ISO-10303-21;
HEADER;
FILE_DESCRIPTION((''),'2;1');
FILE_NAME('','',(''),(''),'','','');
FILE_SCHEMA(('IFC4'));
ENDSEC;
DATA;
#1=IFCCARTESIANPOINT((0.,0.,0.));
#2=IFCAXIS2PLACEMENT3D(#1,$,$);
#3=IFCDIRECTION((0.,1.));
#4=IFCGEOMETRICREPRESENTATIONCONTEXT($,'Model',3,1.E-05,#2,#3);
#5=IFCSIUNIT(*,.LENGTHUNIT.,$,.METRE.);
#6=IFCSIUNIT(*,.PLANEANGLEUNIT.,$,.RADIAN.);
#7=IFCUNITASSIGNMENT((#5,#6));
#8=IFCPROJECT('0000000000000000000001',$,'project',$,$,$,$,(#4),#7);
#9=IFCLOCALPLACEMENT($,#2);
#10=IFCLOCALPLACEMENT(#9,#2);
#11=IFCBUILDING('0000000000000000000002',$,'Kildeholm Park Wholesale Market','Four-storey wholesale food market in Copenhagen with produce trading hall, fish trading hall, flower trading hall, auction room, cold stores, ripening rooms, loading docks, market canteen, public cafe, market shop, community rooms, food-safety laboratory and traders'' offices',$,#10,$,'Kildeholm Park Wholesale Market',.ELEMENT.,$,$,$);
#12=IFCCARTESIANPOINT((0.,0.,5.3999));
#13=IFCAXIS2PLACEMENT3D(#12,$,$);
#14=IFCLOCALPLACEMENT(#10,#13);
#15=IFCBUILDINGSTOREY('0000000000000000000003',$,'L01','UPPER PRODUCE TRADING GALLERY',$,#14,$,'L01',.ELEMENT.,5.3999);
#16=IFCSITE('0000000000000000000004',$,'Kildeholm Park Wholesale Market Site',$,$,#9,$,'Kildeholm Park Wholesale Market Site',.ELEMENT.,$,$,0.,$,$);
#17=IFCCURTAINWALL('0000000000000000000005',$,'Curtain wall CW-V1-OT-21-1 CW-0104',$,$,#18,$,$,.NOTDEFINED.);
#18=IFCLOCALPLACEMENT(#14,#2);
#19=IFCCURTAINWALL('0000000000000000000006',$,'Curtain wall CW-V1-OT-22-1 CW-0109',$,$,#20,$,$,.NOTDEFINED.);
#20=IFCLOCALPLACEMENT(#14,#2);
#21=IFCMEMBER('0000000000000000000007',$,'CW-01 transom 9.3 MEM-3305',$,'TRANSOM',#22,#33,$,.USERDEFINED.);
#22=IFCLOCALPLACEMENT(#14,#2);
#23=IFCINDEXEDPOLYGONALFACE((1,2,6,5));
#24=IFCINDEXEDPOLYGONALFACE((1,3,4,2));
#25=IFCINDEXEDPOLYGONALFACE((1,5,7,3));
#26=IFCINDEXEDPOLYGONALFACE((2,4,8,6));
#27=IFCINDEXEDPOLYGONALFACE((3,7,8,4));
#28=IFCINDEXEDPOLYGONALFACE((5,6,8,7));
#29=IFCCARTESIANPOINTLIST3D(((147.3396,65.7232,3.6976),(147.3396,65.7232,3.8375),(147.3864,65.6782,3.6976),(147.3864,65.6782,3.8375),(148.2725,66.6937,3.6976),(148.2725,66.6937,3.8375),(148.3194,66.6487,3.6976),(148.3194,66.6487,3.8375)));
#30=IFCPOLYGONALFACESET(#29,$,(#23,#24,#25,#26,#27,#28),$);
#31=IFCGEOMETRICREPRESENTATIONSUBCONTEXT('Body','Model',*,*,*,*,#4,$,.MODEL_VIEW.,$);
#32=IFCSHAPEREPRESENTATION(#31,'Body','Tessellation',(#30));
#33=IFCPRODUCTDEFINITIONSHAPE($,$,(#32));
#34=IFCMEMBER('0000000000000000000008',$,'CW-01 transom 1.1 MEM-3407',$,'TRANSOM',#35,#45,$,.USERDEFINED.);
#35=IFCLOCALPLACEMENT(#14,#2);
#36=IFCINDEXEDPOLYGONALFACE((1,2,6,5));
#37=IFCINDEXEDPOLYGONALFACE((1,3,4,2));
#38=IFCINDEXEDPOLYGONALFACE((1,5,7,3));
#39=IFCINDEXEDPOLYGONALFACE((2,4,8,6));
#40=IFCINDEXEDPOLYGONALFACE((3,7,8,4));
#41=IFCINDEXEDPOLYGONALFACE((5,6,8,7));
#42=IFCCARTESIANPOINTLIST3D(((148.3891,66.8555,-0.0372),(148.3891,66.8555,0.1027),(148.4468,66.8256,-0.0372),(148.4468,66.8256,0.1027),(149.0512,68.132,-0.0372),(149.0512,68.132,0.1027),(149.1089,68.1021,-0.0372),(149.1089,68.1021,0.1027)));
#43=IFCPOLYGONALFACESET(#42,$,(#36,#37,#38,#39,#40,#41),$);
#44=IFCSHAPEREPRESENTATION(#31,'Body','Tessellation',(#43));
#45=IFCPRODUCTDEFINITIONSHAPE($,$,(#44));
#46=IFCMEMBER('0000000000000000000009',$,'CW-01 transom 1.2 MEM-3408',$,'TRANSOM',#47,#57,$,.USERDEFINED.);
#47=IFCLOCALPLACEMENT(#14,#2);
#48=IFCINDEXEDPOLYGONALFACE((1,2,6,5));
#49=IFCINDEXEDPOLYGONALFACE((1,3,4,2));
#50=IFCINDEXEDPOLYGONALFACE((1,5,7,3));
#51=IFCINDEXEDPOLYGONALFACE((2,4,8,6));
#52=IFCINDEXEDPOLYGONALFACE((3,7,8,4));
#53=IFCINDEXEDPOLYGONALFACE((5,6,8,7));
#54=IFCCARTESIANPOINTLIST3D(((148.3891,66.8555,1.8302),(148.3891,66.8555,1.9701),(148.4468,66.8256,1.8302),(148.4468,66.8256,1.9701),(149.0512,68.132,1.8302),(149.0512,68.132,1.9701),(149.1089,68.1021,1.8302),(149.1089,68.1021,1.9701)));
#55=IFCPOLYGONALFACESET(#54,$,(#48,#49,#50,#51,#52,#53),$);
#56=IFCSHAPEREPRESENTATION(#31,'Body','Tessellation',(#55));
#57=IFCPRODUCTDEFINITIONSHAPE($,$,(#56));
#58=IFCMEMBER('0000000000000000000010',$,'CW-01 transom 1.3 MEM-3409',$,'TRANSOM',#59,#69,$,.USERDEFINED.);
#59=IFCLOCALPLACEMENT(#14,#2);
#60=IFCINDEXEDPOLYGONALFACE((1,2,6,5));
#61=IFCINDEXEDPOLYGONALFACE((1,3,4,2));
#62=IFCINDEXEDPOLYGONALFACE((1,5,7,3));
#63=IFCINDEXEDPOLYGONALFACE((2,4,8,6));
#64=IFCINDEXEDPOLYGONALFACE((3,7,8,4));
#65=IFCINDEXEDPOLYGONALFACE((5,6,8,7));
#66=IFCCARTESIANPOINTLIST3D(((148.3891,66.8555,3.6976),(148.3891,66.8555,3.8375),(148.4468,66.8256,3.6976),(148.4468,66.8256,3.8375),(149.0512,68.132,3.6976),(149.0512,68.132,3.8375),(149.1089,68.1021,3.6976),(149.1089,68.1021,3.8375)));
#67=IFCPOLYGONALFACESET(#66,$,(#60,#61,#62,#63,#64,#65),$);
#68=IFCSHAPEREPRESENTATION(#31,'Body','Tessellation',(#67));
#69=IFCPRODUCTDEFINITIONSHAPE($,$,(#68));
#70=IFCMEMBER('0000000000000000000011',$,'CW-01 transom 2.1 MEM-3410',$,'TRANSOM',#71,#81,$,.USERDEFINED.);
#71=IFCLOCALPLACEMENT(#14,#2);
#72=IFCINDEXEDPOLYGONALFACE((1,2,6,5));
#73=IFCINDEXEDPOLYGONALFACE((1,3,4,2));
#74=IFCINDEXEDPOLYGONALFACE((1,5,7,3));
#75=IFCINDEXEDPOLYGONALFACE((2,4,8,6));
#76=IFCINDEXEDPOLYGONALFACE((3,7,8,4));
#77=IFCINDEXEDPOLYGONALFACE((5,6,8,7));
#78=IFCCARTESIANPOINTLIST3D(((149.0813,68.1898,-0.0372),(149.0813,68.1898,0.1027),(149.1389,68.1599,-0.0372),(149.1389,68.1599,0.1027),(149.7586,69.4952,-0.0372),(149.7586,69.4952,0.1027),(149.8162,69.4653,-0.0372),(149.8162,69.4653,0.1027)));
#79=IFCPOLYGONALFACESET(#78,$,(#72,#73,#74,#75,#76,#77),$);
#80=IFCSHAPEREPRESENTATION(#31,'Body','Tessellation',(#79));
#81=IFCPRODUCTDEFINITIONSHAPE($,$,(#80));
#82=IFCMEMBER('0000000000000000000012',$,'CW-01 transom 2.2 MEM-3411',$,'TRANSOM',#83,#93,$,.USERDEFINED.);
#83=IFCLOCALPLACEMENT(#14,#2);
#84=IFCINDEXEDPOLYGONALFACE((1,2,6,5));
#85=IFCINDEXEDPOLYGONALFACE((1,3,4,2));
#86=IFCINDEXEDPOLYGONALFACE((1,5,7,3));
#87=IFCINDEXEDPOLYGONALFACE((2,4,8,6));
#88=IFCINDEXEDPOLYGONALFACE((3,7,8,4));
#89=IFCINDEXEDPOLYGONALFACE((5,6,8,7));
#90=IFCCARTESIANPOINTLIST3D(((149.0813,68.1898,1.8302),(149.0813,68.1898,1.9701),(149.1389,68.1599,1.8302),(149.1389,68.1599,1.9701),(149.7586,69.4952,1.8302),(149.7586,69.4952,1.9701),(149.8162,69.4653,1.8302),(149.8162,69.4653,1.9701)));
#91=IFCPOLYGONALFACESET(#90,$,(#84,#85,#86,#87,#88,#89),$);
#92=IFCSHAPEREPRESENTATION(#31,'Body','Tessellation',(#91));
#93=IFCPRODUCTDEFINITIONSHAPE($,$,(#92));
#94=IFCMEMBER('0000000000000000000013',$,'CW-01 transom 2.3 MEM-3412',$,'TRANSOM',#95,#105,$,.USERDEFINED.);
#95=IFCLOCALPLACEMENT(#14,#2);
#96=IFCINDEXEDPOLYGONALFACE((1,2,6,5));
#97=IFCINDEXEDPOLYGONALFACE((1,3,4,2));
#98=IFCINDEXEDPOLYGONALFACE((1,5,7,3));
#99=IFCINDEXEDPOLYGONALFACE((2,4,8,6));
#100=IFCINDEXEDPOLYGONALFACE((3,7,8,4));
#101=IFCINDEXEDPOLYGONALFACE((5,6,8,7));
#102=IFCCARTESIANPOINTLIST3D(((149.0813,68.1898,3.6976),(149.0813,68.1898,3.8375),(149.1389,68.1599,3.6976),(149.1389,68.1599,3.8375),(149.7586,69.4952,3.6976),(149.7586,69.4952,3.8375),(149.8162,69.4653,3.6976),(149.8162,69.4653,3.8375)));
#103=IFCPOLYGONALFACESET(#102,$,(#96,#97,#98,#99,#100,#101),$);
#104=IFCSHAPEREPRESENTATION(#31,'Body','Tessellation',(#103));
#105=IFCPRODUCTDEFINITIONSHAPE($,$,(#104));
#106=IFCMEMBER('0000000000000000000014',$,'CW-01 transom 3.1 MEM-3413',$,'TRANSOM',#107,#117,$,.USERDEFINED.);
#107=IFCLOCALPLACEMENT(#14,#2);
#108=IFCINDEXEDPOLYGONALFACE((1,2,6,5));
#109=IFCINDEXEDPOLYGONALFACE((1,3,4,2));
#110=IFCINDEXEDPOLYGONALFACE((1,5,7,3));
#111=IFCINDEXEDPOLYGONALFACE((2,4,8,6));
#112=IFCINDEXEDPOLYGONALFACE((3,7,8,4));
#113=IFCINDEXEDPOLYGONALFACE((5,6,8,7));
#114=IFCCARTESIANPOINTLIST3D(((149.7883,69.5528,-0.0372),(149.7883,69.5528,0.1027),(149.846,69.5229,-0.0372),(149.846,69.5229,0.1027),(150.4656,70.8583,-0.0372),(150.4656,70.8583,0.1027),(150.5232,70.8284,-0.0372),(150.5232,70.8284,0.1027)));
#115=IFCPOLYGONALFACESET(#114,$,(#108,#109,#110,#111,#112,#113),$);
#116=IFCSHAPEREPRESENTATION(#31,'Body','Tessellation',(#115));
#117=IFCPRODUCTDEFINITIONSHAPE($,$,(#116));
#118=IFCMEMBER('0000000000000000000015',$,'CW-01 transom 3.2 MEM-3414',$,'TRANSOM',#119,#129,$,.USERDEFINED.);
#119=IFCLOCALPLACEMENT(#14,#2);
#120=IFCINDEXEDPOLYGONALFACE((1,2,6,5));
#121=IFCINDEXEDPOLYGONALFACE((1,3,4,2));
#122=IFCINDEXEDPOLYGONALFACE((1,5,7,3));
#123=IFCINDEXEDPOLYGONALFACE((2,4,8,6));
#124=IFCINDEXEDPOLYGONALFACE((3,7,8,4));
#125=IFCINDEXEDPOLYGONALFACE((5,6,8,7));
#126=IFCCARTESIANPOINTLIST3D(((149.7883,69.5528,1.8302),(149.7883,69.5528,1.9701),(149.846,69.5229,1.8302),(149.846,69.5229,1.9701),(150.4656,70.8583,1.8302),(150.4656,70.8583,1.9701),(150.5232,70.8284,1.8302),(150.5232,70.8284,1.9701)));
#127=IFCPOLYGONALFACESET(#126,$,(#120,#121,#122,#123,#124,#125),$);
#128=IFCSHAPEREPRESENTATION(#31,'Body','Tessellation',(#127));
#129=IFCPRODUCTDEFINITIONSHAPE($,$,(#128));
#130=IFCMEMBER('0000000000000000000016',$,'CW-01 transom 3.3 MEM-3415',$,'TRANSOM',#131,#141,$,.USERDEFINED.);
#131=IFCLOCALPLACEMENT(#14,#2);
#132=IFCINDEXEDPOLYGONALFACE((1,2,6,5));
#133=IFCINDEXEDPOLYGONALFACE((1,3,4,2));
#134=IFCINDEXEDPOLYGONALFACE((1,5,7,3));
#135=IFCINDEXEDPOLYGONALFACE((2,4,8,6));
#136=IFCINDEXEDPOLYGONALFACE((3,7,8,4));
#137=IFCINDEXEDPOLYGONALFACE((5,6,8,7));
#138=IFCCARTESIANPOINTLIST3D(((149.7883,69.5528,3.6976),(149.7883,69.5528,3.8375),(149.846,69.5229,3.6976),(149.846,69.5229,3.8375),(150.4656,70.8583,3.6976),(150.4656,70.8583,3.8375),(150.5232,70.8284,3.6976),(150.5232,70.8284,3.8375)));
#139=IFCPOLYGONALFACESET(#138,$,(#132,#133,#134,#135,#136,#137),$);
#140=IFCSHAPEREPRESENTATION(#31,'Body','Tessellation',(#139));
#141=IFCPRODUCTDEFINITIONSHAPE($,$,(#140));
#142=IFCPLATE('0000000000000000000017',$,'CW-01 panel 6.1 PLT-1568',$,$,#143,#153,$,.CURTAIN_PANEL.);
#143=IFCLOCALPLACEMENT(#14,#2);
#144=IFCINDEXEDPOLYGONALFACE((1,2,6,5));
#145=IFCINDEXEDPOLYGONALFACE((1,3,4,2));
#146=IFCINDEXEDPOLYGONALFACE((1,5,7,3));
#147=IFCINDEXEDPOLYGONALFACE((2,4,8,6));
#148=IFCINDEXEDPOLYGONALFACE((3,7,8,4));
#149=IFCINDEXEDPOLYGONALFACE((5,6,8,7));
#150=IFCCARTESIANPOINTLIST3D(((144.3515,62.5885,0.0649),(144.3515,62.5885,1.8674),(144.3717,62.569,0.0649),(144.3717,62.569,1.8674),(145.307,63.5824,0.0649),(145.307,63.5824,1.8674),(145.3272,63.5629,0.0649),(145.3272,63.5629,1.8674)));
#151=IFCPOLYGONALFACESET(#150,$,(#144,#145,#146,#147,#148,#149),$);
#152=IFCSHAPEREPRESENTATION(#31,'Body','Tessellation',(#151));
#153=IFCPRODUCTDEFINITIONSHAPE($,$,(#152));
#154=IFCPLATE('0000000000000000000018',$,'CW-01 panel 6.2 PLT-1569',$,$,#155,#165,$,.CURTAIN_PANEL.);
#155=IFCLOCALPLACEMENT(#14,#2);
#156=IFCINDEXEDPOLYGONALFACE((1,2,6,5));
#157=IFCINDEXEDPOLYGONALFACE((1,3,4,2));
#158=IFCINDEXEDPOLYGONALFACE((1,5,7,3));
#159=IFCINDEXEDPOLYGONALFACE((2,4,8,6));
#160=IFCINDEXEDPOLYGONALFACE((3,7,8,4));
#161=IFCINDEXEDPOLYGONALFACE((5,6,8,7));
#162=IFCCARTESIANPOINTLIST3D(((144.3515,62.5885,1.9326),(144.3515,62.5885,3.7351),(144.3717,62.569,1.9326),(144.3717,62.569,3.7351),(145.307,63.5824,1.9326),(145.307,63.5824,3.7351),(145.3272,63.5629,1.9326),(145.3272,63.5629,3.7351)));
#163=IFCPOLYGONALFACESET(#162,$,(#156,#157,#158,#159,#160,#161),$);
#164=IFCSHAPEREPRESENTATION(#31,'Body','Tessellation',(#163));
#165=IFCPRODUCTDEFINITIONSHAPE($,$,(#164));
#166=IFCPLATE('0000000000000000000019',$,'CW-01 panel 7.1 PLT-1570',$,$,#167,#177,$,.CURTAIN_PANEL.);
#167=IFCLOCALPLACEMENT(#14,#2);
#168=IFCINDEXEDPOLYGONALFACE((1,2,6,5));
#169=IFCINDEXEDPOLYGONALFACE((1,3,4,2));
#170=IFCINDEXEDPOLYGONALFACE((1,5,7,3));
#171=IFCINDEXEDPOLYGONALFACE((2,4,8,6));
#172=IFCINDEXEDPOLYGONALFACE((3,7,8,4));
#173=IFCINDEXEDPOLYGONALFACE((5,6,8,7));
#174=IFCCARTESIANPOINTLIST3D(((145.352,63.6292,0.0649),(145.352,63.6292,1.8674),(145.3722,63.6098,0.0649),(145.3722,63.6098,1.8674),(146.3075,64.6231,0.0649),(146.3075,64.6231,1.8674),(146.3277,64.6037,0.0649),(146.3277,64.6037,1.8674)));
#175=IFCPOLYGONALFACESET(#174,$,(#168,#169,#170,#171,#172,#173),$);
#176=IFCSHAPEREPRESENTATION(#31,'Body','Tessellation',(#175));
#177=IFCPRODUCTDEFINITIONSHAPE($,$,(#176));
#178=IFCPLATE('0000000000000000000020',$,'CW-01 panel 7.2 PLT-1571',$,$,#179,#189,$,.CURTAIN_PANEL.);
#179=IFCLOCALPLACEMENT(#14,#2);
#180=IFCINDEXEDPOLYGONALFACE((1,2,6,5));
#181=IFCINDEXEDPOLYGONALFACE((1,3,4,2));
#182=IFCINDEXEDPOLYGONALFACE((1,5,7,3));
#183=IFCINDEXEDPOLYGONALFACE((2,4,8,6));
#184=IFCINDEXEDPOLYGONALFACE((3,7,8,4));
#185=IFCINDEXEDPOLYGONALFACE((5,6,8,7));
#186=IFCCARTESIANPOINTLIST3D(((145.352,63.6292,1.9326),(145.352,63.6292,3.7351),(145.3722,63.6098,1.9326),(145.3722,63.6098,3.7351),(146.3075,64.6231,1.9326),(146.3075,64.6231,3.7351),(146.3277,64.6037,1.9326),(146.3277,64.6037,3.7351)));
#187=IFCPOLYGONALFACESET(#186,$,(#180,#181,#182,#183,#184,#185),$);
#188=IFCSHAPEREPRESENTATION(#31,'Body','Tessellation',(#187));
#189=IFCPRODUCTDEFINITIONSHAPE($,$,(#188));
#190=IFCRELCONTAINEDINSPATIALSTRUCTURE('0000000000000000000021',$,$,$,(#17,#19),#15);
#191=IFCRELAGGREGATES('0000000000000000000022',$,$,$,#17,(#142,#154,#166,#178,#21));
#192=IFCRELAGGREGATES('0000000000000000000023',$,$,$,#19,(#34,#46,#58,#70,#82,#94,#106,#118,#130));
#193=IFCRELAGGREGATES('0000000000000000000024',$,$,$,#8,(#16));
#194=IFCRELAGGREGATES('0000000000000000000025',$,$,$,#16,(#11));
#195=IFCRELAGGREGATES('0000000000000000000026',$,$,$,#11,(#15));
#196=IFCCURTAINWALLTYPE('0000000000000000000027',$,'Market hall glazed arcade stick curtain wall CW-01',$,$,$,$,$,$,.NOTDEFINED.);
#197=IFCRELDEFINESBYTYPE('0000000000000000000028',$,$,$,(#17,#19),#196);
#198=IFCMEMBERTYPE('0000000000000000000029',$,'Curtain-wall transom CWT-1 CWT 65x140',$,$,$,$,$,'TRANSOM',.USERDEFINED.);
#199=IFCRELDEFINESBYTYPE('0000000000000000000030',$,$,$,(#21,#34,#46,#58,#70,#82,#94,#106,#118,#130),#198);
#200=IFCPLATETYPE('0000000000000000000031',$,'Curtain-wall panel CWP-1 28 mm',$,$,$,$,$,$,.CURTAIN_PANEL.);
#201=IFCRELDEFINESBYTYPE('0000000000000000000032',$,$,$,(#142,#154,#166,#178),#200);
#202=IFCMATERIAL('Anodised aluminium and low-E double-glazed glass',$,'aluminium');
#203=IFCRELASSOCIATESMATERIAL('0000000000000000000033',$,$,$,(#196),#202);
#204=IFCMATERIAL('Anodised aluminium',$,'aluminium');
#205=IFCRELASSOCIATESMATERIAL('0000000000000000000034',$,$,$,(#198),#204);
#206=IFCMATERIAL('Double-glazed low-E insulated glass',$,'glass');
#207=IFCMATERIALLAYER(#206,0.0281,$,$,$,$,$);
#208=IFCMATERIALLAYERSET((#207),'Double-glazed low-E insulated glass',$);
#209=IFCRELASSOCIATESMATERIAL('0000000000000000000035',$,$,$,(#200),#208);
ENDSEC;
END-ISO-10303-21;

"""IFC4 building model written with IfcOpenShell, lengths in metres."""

from ifc_helpers import new_model, si_unit, direction, frame, origin, origin_2d, place, context, subcontext, project, spatial, rectangle, extrude, material, layer, layer_set, material_profile, profile_set, type_object, element, aggregate, save


model = new_model("IFC4")

# Units and contexts
model_context = context("Model", 3, precision=1e-05, world=origin(), true_north=direction((0.0, 1.0)))
body_context = subcontext(model_context, "Body", "Model", "MODEL_VIEW")
ifc_project = project(units=[si_unit("LENGTHUNIT", "METRE"), si_unit("PLANEANGLEUNIT", "RADIAN")], contexts=[model_context])

# Site, building, storey
site_placement = place(None, origin())
site = spatial("IfcSite", under=ifc_project, at=site_placement, Name="Kildeholm Park Wholesale Market Site", LongName="Kildeholm Park Wholesale Market Site", CompositionType="ELEMENT", RefElevation=0.0)
building_placement = place(site_placement, origin())
building = spatial("IfcBuilding", under=site, at=building_placement, Name="Kildeholm Park Wholesale Market", Description="Four-storey wholesale food market in Copenhagen with produce trading hall, fish trading hall, flower trading hall, auction room, cold stores, ripening rooms, loading docks, market canteen, public cafe, market shop, community rooms, food-safety laboratory and traders' offices", LongName="Kildeholm Park Wholesale Market", CompositionType="ELEMENT")
storey_placement = place(building_placement, frame((0.0, 0.0, 5.3999)))
storey = spatial("IfcBuildingStorey", under=building, at=storey_placement, Name="L01", Description="UPPER PRODUCE TRADING GALLERY", LongName="L01", CompositionType="ELEMENT", Elevation=5.3999)

# Curtain walls
ifc_material_1 = material(Name="Anodised aluminium and low-E double-glazed glass", Category="aluminium")
curtain_wall_type = type_object("IfcCurtainWallType", Name="Market hall glazed arcade stick curtain wall CW-01", PredefinedType="NOTDEFINED", material=ifc_material_1)
curtain_wall_1_placement = place(storey_placement, origin())
curtain_wall_1 = element("IfcCurtainWall", 1, at=curtain_wall_1_placement, inside=storey, type_object=curtain_wall_type, Name="Curtain wall CW-V1-OT-21-1 CW-0104", PredefinedType="NOTDEFINED")
ifc_material_2 = material(Name="Anodised aluminium", Category="aluminium")
curtain_wall_2_placement = place(storey_placement, origin())
curtain_wall_2 = element("IfcCurtainWall", 2, at=curtain_wall_2_placement, inside=storey, type_object=curtain_wall_type, Name="Curtain wall CW-V1-OT-22-1 CW-0109", PredefinedType="NOTDEFINED")

# Members
ifc_material_profile_1 = material_profile(ifc_material_2, rectangle(XDim=0.0649, YDim=0.1399, at=origin_2d()), Name="CWT 65x140")
ifc_profile_set_1 = profile_set([ifc_material_profile_1], Name="Anodised aluminium")
member_type_1 = type_object("IfcMemberType", Name="Curtain-wall transom CWT-1 CWT 65x140", ElementType="TRANSOM", PredefinedType="USERDEFINED", material=ifc_profile_set_1)
member_1_placement = place(storey_placement, frame((147.363, 65.7007, 3.7676), z_axis=(0.693004, 0.720934, 0.0), x_axis=(-0.720934, 0.693004, 0.0)))
member_1 = element("IfcMember", 3, at=member_1_placement, type_object=member_type_1, Name="CW-01 transom 9.3 MEM-3305", ObjectType="TRANSOM", PredefinedType="USERDEFINED", context=body_context, shape_type="SweptSolid", body=[
    extrude(rectangle(XDim=0.0649, YDim=0.1399, at=origin_2d()), origin(), (0.0, 0.0, 1.0), 1.3462),
])
member_2_placement = place(storey_placement, frame((148.418, 66.8406, 0.0327), z_axis=(0.460406, 0.887708, 0.0), x_axis=(-0.887708, 0.460406, 0.0)))
member_2 = element("IfcMember", 4, at=member_2_placement, type_object=member_type_1, Name="CW-01 transom 1.1 MEM-3407", ObjectType="TRANSOM", PredefinedType="USERDEFINED", context=body_context, shape_type="SweptSolid", body=[
    extrude(rectangle(XDim=0.0649, YDim=0.1399, at=origin_2d()), origin(), (0.0, 0.0, 1.0), 1.438),
])
member_3_placement = place(storey_placement, frame((148.418, 66.8406, 1.9001), z_axis=(0.460406, 0.887708, 0.0), x_axis=(-0.887708, 0.460406, 0.0)))
member_3 = element("IfcMember", 5, at=member_3_placement, type_object=member_type_1, Name="CW-01 transom 1.2 MEM-3408", ObjectType="TRANSOM", PredefinedType="USERDEFINED", context=body_context, shape_type="SweptSolid", body=[
    extrude(rectangle(XDim=0.0649, YDim=0.1399, at=origin_2d()), origin(), (0.0, 0.0, 1.0), 1.438),
])
member_4_placement = place(storey_placement, frame((148.418, 66.8406, 3.7676), z_axis=(0.460406, 0.887708, 0.0), x_axis=(-0.887708, 0.460406, 0.0)))
member_4 = element("IfcMember", 6, at=member_4_placement, type_object=member_type_1, Name="CW-01 transom 1.3 MEM-3409", ObjectType="TRANSOM", PredefinedType="USERDEFINED", context=body_context, shape_type="SweptSolid", body=[
    extrude(rectangle(XDim=0.0649, YDim=0.1399, at=origin_2d()), origin(), (0.0, 0.0, 1.0), 1.438),
])
member_5_placement = place(storey_placement, frame((149.1101, 68.1748, 0.0327), z_axis=(0.460511, 0.887654, 0.0), x_axis=(-0.887654, 0.460511, 0.0)))
member_5 = element("IfcMember", 7, at=member_5_placement, type_object=member_type_1, Name="CW-01 transom 2.1 MEM-3410", ObjectType="TRANSOM", PredefinedType="USERDEFINED", context=body_context, shape_type="SweptSolid", body=[
    extrude(rectangle(XDim=0.0649, YDim=0.1399, at=origin_2d()), origin(), (0.0, 0.0, 1.0), 1.4707),
])
member_6_placement = place(storey_placement, frame((149.1101, 68.1748, 1.9001), z_axis=(0.460511, 0.887654, 0.0), x_axis=(-0.887654, 0.460511, 0.0)))
member_6 = element("IfcMember", 8, at=member_6_placement, type_object=member_type_1, Name="CW-01 transom 2.2 MEM-3411", ObjectType="TRANSOM", PredefinedType="USERDEFINED", context=body_context, shape_type="SweptSolid", body=[
    extrude(rectangle(XDim=0.0649, YDim=0.1399, at=origin_2d()), origin(), (0.0, 0.0, 1.0), 1.4707),
])
member_7_placement = place(storey_placement, frame((149.1101, 68.1748, 3.7676), z_axis=(0.460511, 0.887654, 0.0), x_axis=(-0.887654, 0.460511, 0.0)))
member_7 = element("IfcMember", 9, at=member_7_placement, type_object=member_type_1, Name="CW-01 transom 2.3 MEM-3412", ObjectType="TRANSOM", PredefinedType="USERDEFINED", context=body_context, shape_type="SweptSolid", body=[
    extrude(rectangle(XDim=0.0649, YDim=0.1399, at=origin_2d()), origin(), (0.0, 0.0, 1.0), 1.4707),
])
member_8_placement = place(storey_placement, frame((149.8171, 69.5378, 0.0327), z_axis=(0.460511, 0.887654, 0.0), x_axis=(-0.887654, 0.460511, 0.0)))
member_8 = element("IfcMember", 10, at=member_8_placement, type_object=member_type_1, Name="CW-01 transom 3.1 MEM-3413", ObjectType="TRANSOM", PredefinedType="USERDEFINED", context=body_context, shape_type="SweptSolid", body=[
    extrude(rectangle(XDim=0.0649, YDim=0.1399, at=origin_2d()), origin(), (0.0, 0.0, 1.0), 1.4707),
])
member_9_placement = place(storey_placement, frame((149.8171, 69.5378, 1.9001), z_axis=(0.460511, 0.887654, 0.0), x_axis=(-0.887654, 0.460511, 0.0)))
member_9 = element("IfcMember", 11, at=member_9_placement, type_object=member_type_1, Name="CW-01 transom 3.2 MEM-3414", ObjectType="TRANSOM", PredefinedType="USERDEFINED", context=body_context, shape_type="SweptSolid", body=[
    extrude(rectangle(XDim=0.0649, YDim=0.1399, at=origin_2d()), origin(), (0.0, 0.0, 1.0), 1.4707),
])
member_10_placement = place(storey_placement, frame((149.8171, 69.5378, 3.7676), z_axis=(0.460511, 0.887654, 0.0), x_axis=(-0.887654, 0.460511, 0.0)))
member_10 = element("IfcMember", 12, at=member_10_placement, type_object=member_type_1, Name="CW-01 transom 3.3 MEM-3415", ObjectType="TRANSOM", PredefinedType="USERDEFINED", context=body_context, shape_type="SweptSolid", body=[
    extrude(rectangle(XDim=0.0649, YDim=0.1399, at=origin_2d()), origin(), (0.0, 0.0, 1.0), 1.4707),
])

# Plates
ifc_material_3 = material(Name="Double-glazed low-E insulated glass", Category="glass")
ifc_layer = layer(ifc_material_3, 0.0281)
ifc_layer_set = layer_set([ifc_layer], Name="Double-glazed low-E insulated glass")
plate_type = type_object("IfcPlateType", Name="Curtain-wall panel CWP-1 28 mm", PredefinedType="CURTAIN_PANEL", material=ifc_layer_set)
plate_1_placement = place(storey_placement, frame((144.8394, 63.0757, 0.0649), z_axis=(0.0, 0.0, 1.0), x_axis=(0.693038, 0.720901, 0.0)))
plate_1 = element("IfcPlate", 13, at=plate_1_placement, type_object=plate_type, Name="CW-01 panel 6.1 PLT-1568", PredefinedType="CURTAIN_PANEL", context=body_context, shape_type="SweptSolid", body=[
    extrude(rectangle(XDim=1.3787, YDim=0.0281, at=origin_2d()), origin(), (0.0, 0.0, 1.0), 1.8025),
])
plate_2_placement = place(storey_placement, frame((144.8394, 63.0757, 1.9326), z_axis=(0.0, 0.0, 1.0), x_axis=(0.693038, 0.720901, 0.0)))
plate_2 = element("IfcPlate", 14, at=plate_2_placement, type_object=plate_type, Name="CW-01 panel 6.2 PLT-1569", PredefinedType="CURTAIN_PANEL", context=body_context, shape_type="SweptSolid", body=[
    extrude(rectangle(XDim=1.3787, YDim=0.0281, at=origin_2d()), origin(), (0.0, 0.0, 1.0), 1.8025),
])
plate_3_placement = place(storey_placement, frame((145.8398, 64.1165, 0.0649), z_axis=(0.0, 0.0, 1.0), x_axis=(0.693038, 0.720901, 0.0)))
plate_3 = element("IfcPlate", 15, at=plate_3_placement, type_object=plate_type, Name="CW-01 panel 7.1 PLT-1570", PredefinedType="CURTAIN_PANEL", context=body_context, shape_type="SweptSolid", body=[
    extrude(rectangle(XDim=1.3787, YDim=0.0281, at=origin_2d()), origin(), (0.0, 0.0, 1.0), 1.8025),
])
plate_4_placement = place(storey_placement, frame((145.8398, 64.1165, 1.9326), z_axis=(0.0, 0.0, 1.0), x_axis=(0.693038, 0.720901, 0.0)))
plate_4 = element("IfcPlate", 16, at=plate_4_placement, type_object=plate_type, Name="CW-01 panel 7.2 PLT-1571", PredefinedType="CURTAIN_PANEL", context=body_context, shape_type="SweptSolid", body=[
    extrude(rectangle(XDim=1.3787, YDim=0.0281, at=origin_2d()), origin(), (0.0, 0.0, 1.0), 1.8025),
])
aggregate(curtain_wall_1, [plate_1, plate_2, plate_3, plate_4, member_1])
aggregate(curtain_wall_2, [member_2, member_3, member_4, member_5, member_6, member_7, member_8, member_9, member_10])

save(model, "model.ifc")
